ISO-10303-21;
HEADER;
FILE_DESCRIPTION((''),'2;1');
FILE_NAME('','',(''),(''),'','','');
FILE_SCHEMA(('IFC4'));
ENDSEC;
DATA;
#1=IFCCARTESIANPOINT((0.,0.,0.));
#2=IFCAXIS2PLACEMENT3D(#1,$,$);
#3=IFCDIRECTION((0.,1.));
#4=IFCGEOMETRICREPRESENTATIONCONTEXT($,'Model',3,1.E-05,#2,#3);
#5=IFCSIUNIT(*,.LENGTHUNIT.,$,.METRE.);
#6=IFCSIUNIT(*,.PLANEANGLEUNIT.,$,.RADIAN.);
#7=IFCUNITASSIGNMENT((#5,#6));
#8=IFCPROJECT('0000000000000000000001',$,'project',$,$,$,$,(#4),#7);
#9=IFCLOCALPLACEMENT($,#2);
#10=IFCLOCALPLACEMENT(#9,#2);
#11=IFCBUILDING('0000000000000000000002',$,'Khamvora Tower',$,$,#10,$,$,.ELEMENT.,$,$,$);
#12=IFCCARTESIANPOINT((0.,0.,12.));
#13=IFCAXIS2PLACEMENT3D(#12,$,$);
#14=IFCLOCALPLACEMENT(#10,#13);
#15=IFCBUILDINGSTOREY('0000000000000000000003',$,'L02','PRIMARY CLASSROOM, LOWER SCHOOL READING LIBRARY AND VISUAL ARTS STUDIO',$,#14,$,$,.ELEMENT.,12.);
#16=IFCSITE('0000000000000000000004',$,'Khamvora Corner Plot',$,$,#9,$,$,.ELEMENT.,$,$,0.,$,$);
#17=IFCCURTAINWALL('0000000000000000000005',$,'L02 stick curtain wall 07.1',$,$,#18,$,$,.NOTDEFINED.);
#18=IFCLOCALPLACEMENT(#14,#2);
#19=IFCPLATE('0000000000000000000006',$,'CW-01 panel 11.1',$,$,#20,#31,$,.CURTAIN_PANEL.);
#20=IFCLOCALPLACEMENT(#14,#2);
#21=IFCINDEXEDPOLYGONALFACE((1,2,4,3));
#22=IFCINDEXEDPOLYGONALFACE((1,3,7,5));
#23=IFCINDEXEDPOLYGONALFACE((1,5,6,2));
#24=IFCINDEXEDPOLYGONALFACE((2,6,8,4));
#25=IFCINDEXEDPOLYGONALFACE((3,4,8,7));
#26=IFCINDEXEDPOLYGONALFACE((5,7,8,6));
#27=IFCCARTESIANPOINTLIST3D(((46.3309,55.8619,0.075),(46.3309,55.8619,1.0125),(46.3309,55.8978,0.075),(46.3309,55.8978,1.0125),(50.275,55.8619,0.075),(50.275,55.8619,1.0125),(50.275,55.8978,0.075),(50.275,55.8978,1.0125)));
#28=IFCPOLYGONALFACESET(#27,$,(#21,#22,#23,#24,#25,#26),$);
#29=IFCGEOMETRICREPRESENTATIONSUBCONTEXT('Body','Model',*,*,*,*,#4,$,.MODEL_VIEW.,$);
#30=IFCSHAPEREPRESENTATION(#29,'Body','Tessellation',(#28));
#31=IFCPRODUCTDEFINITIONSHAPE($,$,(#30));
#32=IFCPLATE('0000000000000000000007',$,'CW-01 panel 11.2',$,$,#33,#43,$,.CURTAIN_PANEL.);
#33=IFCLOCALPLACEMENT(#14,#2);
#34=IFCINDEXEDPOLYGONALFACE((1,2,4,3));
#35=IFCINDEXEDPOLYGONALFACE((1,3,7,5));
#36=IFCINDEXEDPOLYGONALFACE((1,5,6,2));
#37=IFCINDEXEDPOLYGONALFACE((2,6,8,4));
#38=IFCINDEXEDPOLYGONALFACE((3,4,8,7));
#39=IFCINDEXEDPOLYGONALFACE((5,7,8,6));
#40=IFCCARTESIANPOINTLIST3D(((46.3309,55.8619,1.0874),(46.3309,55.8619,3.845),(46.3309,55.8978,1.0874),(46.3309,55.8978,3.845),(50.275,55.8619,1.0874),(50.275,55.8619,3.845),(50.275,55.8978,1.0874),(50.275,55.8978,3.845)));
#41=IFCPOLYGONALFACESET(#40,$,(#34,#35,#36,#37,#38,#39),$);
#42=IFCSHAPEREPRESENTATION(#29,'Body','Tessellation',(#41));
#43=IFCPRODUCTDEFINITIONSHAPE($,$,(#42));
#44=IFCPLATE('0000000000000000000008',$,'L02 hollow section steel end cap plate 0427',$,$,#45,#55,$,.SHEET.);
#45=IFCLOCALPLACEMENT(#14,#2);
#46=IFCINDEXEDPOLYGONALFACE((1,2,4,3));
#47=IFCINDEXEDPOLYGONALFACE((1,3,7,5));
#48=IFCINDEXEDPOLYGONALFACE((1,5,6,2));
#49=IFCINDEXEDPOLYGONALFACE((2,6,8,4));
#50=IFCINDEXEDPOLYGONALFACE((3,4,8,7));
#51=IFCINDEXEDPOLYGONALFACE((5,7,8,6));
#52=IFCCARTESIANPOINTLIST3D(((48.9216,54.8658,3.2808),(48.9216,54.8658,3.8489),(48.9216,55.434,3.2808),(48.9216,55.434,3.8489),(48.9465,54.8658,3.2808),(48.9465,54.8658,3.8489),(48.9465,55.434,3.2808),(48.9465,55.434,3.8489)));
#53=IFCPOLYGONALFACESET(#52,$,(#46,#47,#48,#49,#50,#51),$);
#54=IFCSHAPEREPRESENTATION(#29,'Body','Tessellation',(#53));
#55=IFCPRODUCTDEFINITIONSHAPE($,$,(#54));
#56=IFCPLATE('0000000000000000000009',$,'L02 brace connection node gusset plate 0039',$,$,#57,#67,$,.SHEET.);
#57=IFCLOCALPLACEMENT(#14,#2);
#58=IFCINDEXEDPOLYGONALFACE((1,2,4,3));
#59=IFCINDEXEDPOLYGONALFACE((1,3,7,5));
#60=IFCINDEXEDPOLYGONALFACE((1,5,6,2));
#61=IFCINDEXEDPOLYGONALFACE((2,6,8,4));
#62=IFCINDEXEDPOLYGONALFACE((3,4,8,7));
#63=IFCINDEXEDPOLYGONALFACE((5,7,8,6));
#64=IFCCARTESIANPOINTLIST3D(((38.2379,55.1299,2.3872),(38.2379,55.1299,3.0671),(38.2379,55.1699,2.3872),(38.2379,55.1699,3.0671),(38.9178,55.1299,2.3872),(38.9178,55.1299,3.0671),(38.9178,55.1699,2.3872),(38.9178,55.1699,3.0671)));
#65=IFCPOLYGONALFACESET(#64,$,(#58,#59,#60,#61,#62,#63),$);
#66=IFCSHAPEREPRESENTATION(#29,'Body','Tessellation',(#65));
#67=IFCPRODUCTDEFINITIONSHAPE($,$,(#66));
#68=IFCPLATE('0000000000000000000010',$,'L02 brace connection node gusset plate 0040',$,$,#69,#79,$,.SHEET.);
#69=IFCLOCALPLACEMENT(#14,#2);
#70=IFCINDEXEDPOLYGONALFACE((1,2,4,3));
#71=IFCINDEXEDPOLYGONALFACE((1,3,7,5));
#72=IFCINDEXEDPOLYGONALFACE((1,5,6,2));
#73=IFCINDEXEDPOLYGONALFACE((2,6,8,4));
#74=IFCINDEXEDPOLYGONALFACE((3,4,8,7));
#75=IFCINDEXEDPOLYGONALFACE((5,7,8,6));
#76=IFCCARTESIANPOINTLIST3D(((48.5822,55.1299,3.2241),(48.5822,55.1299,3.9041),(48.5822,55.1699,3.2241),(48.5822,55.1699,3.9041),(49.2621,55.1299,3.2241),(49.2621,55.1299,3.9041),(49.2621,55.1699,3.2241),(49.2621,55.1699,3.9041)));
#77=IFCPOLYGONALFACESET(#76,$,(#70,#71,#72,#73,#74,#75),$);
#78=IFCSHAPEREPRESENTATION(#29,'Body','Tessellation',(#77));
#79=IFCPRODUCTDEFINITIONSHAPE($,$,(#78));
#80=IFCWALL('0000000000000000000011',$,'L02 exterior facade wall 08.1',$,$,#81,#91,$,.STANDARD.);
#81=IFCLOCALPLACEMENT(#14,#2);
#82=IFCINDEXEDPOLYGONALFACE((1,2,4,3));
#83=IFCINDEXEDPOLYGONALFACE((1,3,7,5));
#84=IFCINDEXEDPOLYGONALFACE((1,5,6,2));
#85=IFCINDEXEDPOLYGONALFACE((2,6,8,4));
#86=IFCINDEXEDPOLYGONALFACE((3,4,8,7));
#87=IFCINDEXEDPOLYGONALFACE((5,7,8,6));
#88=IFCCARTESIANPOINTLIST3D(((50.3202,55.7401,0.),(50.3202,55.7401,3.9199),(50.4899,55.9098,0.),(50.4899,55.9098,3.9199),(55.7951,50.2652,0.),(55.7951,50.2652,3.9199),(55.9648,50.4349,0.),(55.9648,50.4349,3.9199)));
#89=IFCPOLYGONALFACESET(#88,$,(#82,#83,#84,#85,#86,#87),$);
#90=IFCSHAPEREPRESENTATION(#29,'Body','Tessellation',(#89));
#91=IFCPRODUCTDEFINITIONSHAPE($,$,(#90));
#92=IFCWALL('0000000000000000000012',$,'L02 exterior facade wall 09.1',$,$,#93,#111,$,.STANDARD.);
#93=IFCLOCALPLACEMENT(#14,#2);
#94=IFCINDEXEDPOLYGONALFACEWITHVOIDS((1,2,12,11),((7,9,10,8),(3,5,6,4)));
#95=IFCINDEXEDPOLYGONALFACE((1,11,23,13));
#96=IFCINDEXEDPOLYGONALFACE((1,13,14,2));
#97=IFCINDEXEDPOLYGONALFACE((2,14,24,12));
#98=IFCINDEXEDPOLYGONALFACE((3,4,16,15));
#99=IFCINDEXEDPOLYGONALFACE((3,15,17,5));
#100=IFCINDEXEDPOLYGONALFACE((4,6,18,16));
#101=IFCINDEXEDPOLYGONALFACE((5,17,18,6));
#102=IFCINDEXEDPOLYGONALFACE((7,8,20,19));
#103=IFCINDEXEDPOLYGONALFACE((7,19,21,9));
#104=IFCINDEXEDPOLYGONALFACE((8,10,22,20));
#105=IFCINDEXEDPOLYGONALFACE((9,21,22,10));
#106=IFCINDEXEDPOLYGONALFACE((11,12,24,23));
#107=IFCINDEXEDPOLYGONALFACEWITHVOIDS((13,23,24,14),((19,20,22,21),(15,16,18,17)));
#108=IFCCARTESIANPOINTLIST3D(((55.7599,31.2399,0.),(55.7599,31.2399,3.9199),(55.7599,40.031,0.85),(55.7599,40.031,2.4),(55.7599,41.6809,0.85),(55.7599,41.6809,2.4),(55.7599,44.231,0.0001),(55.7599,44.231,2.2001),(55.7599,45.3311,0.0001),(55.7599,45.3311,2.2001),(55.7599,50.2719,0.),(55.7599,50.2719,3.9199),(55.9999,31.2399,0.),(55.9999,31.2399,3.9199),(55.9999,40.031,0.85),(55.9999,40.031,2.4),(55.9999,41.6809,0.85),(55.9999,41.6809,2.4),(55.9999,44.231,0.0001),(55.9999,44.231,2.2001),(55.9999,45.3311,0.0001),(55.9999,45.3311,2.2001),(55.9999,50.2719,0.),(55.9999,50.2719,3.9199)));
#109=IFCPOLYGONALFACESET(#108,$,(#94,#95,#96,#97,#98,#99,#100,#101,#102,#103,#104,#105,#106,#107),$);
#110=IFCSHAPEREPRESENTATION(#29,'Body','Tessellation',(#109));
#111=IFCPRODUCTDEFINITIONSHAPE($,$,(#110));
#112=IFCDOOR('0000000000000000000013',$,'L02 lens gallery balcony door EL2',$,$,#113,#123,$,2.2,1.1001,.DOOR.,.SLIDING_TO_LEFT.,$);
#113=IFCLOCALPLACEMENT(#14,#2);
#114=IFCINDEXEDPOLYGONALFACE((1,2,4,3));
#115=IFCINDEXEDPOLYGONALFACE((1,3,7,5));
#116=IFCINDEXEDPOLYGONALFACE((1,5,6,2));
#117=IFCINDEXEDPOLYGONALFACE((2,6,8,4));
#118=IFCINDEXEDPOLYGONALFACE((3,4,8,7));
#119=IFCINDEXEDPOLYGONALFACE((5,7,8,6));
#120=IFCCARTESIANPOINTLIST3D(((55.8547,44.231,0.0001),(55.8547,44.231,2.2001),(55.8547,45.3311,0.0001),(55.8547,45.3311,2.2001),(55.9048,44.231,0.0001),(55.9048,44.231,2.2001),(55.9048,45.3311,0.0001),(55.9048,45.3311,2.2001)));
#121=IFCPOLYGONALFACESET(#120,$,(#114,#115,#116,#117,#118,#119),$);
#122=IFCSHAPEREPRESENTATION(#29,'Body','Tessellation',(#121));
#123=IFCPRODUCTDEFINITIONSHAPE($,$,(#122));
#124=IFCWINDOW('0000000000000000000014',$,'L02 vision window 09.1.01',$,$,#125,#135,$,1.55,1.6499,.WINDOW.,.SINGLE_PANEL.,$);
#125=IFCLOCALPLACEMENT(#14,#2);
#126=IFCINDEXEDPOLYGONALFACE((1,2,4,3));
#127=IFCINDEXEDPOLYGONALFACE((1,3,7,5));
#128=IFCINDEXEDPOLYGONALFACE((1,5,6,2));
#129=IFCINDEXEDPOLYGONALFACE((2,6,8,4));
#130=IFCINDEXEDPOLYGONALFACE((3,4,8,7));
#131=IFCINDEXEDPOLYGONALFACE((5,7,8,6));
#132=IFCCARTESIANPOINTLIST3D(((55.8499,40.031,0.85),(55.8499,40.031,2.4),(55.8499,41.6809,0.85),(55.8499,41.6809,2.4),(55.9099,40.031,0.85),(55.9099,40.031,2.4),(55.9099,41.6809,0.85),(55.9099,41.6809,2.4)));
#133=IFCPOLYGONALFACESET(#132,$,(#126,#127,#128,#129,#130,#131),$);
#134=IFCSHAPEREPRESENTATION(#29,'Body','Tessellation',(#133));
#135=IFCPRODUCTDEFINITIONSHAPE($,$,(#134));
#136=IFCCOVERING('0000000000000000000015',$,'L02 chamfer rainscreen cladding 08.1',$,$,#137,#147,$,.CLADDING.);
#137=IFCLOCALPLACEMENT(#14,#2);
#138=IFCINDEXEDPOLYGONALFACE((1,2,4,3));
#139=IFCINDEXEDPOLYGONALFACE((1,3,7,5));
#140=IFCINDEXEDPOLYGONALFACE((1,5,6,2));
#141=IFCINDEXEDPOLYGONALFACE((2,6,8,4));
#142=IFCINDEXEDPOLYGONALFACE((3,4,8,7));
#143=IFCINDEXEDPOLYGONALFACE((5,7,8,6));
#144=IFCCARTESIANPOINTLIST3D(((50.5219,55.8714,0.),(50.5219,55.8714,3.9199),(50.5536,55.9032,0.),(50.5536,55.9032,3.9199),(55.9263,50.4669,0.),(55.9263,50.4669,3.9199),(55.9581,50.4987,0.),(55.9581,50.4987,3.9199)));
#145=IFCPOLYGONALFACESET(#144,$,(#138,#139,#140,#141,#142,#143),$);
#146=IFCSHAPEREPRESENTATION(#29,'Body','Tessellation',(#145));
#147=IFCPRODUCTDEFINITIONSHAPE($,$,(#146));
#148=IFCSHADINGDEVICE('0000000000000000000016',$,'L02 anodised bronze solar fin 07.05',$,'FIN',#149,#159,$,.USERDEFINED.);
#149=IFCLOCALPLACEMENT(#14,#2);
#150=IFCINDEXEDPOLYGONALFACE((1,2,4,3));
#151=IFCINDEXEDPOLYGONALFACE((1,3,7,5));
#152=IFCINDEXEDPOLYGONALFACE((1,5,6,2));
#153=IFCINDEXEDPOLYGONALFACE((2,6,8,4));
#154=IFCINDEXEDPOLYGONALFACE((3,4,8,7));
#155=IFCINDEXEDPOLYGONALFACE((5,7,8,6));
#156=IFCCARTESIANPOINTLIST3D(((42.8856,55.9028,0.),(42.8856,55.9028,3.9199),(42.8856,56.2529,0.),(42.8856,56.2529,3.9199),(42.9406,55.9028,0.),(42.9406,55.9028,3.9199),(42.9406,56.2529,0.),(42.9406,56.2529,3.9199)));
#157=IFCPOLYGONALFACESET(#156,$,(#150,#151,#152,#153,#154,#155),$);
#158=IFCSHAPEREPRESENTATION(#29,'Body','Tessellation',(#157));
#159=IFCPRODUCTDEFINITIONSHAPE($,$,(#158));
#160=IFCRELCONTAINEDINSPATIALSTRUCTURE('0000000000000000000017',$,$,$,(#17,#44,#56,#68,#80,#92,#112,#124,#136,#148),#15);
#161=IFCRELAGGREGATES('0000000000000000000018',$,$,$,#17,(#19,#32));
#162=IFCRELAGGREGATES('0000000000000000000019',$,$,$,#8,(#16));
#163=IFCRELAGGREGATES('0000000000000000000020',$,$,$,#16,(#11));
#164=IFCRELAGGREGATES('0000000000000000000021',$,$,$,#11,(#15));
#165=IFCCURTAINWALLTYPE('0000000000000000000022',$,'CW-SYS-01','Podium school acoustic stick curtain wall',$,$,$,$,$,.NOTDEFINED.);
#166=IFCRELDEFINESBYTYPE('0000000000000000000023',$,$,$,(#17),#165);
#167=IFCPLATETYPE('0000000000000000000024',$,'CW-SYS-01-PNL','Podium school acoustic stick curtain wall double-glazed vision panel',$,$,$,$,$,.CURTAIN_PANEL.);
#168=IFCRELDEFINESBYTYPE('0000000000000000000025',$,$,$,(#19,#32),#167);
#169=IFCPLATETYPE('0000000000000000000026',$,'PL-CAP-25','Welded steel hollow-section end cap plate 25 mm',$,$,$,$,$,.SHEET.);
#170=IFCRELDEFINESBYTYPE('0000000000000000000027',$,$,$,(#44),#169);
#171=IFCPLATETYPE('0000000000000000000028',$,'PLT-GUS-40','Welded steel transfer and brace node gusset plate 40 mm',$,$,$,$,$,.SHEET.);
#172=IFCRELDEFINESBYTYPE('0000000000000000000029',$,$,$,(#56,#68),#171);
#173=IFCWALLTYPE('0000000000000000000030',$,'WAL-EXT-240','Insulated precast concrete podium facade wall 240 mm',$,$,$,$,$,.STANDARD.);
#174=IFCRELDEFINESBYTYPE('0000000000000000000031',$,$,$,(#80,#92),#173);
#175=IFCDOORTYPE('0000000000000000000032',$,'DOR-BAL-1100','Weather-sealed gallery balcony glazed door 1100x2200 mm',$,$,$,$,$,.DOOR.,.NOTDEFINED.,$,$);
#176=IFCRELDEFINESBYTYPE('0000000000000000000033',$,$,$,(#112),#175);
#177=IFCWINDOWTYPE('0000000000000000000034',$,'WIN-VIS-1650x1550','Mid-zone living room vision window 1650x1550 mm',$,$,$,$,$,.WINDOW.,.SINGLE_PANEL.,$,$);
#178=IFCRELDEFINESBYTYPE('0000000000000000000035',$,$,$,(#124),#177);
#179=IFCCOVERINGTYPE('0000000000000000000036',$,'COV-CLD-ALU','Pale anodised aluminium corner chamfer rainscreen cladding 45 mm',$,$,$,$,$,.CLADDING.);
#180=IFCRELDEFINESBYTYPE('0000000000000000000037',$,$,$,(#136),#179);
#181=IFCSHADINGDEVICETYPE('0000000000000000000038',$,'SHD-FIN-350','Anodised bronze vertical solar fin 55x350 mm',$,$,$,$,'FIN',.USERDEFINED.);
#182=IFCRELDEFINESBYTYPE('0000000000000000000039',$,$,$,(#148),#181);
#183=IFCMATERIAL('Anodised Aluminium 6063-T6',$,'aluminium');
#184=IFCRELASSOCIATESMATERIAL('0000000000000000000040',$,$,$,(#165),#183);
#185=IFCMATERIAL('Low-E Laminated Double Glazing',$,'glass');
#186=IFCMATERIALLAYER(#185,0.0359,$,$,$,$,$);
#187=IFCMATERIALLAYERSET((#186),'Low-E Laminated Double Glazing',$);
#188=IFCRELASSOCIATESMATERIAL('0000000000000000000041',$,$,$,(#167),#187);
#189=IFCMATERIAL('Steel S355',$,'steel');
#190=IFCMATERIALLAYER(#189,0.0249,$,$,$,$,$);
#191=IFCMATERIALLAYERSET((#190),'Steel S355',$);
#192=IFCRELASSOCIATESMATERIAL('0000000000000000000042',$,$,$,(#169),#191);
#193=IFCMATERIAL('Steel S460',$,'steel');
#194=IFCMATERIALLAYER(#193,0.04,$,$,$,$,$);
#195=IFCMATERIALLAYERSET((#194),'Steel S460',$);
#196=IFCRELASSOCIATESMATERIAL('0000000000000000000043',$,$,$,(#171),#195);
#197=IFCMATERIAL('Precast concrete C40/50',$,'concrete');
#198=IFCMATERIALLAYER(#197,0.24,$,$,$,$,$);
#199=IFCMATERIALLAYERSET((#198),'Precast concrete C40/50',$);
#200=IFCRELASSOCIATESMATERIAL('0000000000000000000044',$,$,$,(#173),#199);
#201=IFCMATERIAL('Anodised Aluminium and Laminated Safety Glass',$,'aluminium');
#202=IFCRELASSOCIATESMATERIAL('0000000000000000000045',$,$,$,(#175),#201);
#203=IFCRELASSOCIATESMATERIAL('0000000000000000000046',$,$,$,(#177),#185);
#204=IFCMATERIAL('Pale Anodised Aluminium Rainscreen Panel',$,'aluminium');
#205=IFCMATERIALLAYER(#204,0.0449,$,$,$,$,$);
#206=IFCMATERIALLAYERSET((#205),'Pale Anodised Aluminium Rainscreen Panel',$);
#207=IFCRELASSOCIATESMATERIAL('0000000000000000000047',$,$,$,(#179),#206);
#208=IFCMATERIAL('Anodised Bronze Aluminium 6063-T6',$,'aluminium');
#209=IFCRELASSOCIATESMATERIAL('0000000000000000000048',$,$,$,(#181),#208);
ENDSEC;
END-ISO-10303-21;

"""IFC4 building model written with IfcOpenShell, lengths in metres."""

from ifc_helpers import new_model, si_unit, direction, frame, frame_2d, origin, origin_2d, place, context, subcontext, project, spatial, rectangle, extrude, material, layer, layer_set, type_object, element, fill, aggregate, save


model = new_model("IFC4")

# Units and contexts
model_context = context("Model", 3, precision=1e-05, world=origin(), true_north=direction((0.0, 1.0)))
body_context = subcontext(model_context, "Body", "Model", "MODEL_VIEW")
ifc_project = project(units=[si_unit("LENGTHUNIT", "METRE"), si_unit("PLANEANGLEUNIT", "RADIAN")], contexts=[model_context])

# Site, building, storey
site_placement = place(None, origin())
site = spatial("IfcSite", under=ifc_project, at=site_placement, Name="Khamvora Corner Plot", CompositionType="ELEMENT", RefElevation=0.0)
building_placement = place(site_placement, origin())
building = spatial("IfcBuilding", under=site, at=building_placement, Name="Khamvora Tower", CompositionType="ELEMENT")
storey_placement = place(building_placement, frame((0.0, 0.0, 12.0)))
storey = spatial("IfcBuildingStorey", under=building, at=storey_placement, Name="L02", Description="PRIMARY CLASSROOM, LOWER SCHOOL READING LIBRARY AND VISUAL ARTS STUDIO", CompositionType="ELEMENT", Elevation=12.0)

# Shared definitions
ifc_material_1 = material(Name="Steel S460", Category="steel")

# Shared definitions
ifc_material_2 = material(Name="Steel S355", Category="steel")

# Curtain wall
ifc_material_3 = material(Name="Anodised Aluminium 6063-T6", Category="aluminium")
curtain_wall_type = type_object("IfcCurtainWallType", Name="CW-SYS-01", Description="Podium school acoustic stick curtain wall", PredefinedType="NOTDEFINED", material=ifc_material_3)
curtain_wall_placement = place(storey_placement, origin())
curtain_wall = element("IfcCurtainWall", 1, at=curtain_wall_placement, inside=storey, type_object=curtain_wall_type, Name="L02 stick curtain wall 07.1", PredefinedType="NOTDEFINED")

# Plates
ifc_material_4 = material(Name="Low-E Laminated Double Glazing", Category="glass")
ifc_layer_1 = layer(ifc_material_4, 0.0359)
ifc_layer_set_1 = layer_set([ifc_layer_1], Name="Low-E Laminated Double Glazing")
plate_type_1 = type_object("IfcPlateType", Name="CW-SYS-01-PNL", Description="Podium school acoustic stick curtain wall double-glazed vision panel", PredefinedType="CURTAIN_PANEL", material=ifc_layer_set_1)
plate_1_placement = place(storey_placement, frame((48.303, 55.8799, 0.075), z_axis=(0.0, 0.0, 1.0), x_axis=(1.0, 0.0, 0.0)))
plate_1 = element("IfcPlate", 2, at=plate_1_placement, type_object=plate_type_1, Name="CW-01 panel 11.1", PredefinedType="CURTAIN_PANEL", context=body_context, shape_type="SweptSolid", body=[
    extrude(rectangle(XDim=3.9441, YDim=0.0359, at=origin_2d()), origin(), (0.0, 0.0, 1.0), 0.9375),
])
plate_2_placement = place(storey_placement, frame((48.303, 55.8799, 1.0874), z_axis=(0.0, 0.0, 1.0), x_axis=(1.0, 0.0, 0.0)))
plate_2 = element("IfcPlate", 3, at=plate_2_placement, type_object=plate_type_1, Name="CW-01 panel 11.2", PredefinedType="CURTAIN_PANEL", context=body_context, shape_type="SweptSolid", body=[
    extrude(rectangle(XDim=3.9441, YDim=0.0359, at=origin_2d()), origin(), (0.0, 0.0, 1.0), 2.7576),
])
aggregate(curtain_wall, [plate_1, plate_2])

# Plates
ifc_layer_2 = layer(ifc_material_2, 0.0249)
ifc_layer_set_2 = layer_set([ifc_layer_2], Name="Steel S355")
plate_type_2 = type_object("IfcPlateType", Name="PL-CAP-25", Description="Welded steel hollow-section end cap plate 25 mm", PredefinedType="SHEET", material=ifc_layer_set_2)
plate_3_placement = place(storey_placement, frame((48.9341, 55.1499, 3.2808), z_axis=(0.0, 0.0, 1.0), x_axis=(1.0, 0.0, 0.0)))
element("IfcPlate", 4, at=plate_3_placement, inside=storey, type_object=plate_type_2, Name="L02 hollow section steel end cap plate 0427", PredefinedType="SHEET", context=body_context, shape_type="SweptSolid", body=[
    extrude(rectangle(XDim=0.0249, YDim=0.5681, at=origin_2d()), origin(), (0.0, 0.0, 1.0), 0.5681),
])
ifc_layer_3 = layer(ifc_material_1, 0.04)
ifc_layer_set_3 = layer_set([ifc_layer_3], Name="Steel S460")
plate_type_3 = type_object("IfcPlateType", Name="PLT-GUS-40", Description="Welded steel transfer and brace node gusset plate 40 mm", PredefinedType="SHEET", material=ifc_layer_set_3)
for number, where, z_axis, x_axis, name in (
    (5, (38.5779, 55.1499, 2.3872), (0.0, 0.0, 1.0), (1.0, 0.0, 0.0), "L02 brace connection node gusset plate 0039"),
    (6, (48.9221, 55.1499, 3.2241), (0.0, 0.0, 1.0), (1.0, 0.0, 0.0), "L02 brace connection node gusset plate 0040"),
):
    element("IfcPlate", number, at=place(storey_placement, frame(where, z_axis=z_axis, x_axis=x_axis)), inside=storey, type_object=plate_type_3, Name=name, PredefinedType="SHEET", context=body_context, shape_type="SweptSolid", body=[
        extrude(rectangle(XDim=0.6799, YDim=0.04, at=origin_2d()), origin(), (0.0, 0.0, 1.0), 0.6799),
    ])

# Wall
ifc_material_5 = material(Name="Precast concrete C40/50", Category="concrete")
ifc_layer_4 = layer(ifc_material_5, 0.24)
ifc_layer_set_4 = layer_set([ifc_layer_4], Name="Precast concrete C40/50")
wall_type = type_object("IfcWallType", Name="WAL-EXT-240", Description="Insulated precast concrete podium facade wall 240 mm", PredefinedType="STANDARD", material=ifc_layer_set_4)
wall_1_placement = place(storey_placement, frame((50.405, 55.825, 0.0), z_axis=(0.0, 0.0, 1.0), x_axis=(0.707107, -0.707107, 0.0)))
element("IfcWall", 7, at=wall_1_placement, inside=storey, type_object=wall_type, Name="L02 exterior facade wall 08.1", PredefinedType="STANDARD", context=body_context, shape_type="SweptSolid", body=[
    extrude(rectangle(XDim=7.7427, YDim=0.24, at=frame_2d((3.8713, 0.0))), origin(), (0.0, 0.0, 1.0), 3.9199),
])

# Wall, openings, door, window
wall_2_placement = place(storey_placement, frame((55.8799, 50.272, 0.0), z_axis=(0.0, 0.0, 1.0), x_axis=(0.0, -1.0, 0.0)))
wall_2 = element("IfcWall", 8, at=wall_2_placement, inside=storey, type_object=wall_type, Name="L02 exterior facade wall 09.1", PredefinedType="STANDARD", context=body_context, shape_type="SweptSolid", body=[
    extrude(rectangle(XDim=19.032, YDim=0.24, at=frame_2d((9.5161, 0.0))), origin(), (0.0, 0.0, 1.0), 3.9199),
])
opening_1_placement = place(wall_2_placement, frame((4.9409, 0.0, 0.0)))
opening_1 = element("IfcOpeningElement", 9, at=opening_1_placement, cuts=wall_2, PredefinedType="OPENING", context=body_context, shape_type="SweptSolid", body=[
    extrude(rectangle(XDim=1.1001, YDim=2.2, at=frame_2d((0.55, 1.1001))), frame((0.0, 0.1299, 0.0), z_axis=(0.0, -1.0, 0.0), x_axis=(1.0, 0.0, 0.0)), (0.0, 0.0, 1.0), 0.26),
])
opening_2_placement = place(wall_2_placement, frame((8.5911, 0.0, 0.8501)))
opening_2 = element("IfcOpeningElement", 10, at=opening_2_placement, cuts=wall_2, PredefinedType="OPENING", context=body_context, shape_type="SweptSolid", body=[
    extrude(rectangle(XDim=1.6499, YDim=1.55, at=frame_2d((0.825, 0.7749))), frame((0.0, 0.1299, 0.0), z_axis=(0.0, -1.0, 0.0), x_axis=(1.0, 0.0, 0.0)), (0.0, 0.0, 1.0), 0.26),
])
ifc_material_6 = material(Name="Anodised Aluminium and Laminated Safety Glass", Category="aluminium")
door_type = type_object("IfcDoorType", Name="DOR-BAL-1100", Description="Weather-sealed gallery balcony glazed door 1100x2200 mm", OperationType="NOTDEFINED", PredefinedType="DOOR", material=ifc_material_6)
door_placement = place(opening_1_placement, origin())
door = element("IfcDoor", 11, at=door_placement, inside=storey, type_object=door_type, Name="L02 lens gallery balcony door EL2", OperationType="SLIDING_TO_LEFT", OverallHeight=2.2, OverallWidth=1.1001, PredefinedType="DOOR", context=body_context, shape_type="SweptSolid", body=[
    extrude(rectangle(XDim=1.1001, YDim=2.2, at=frame_2d((0.55, 1.1001))), frame((0.0, 0.0249, 0.0), z_axis=(0.0, -1.0, 0.0), x_axis=(1.0, 0.0, 0.0)), (0.0, 0.0, 1.0), 0.05),
])
fill(opening_1, door)
window_type = type_object("IfcWindowType", Name="WIN-VIS-1650x1550", Description="Mid-zone living room vision window 1650x1550 mm", PartitioningType="SINGLE_PANEL", PredefinedType="WINDOW", material=ifc_material_4)
window_placement = place(opening_2_placement, origin())
window = element("IfcWindow", 12, at=window_placement, inside=storey, type_object=window_type, Name="L02 vision window 09.1.01", OverallHeight=1.55, OverallWidth=1.6499, PartitioningType="SINGLE_PANEL", PredefinedType="WINDOW", context=body_context, shape_type="SweptSolid", body=[
    extrude(rectangle(XDim=1.6499, YDim=1.55, at=frame_2d((0.825, 0.7749))), frame((0.0, 0.03, 0.0), z_axis=(0.0, -1.0, 0.0), x_axis=(1.0, 0.0, 0.0)), (0.0, 0.0, 1.0), 0.0601),
])
fill(opening_2, window)

# Covering
ifc_material_7 = material(Name="Pale Anodised Aluminium Rainscreen Panel", Category="aluminium")
ifc_layer_5 = layer(ifc_material_7, 0.0449)
ifc_layer_set_5 = layer_set([ifc_layer_5], Name="Pale Anodised Aluminium Rainscreen Panel")
covering_type = type_object("IfcCoveringType", Name="COV-CLD-ALU", Description="Pale anodised aluminium corner chamfer rainscreen cladding 45 mm", PredefinedType="CLADDING", material=ifc_layer_set_5)
covering_placement = place(storey_placement, frame((53.24, 53.1851, 0.0), z_axis=(0.0, 0.0, 1.0), x_axis=(0.707107, -0.707107, 0.0)))
element("IfcCovering", 13, at=covering_placement, inside=storey, type_object=covering_type, Name="L02 chamfer rainscreen cladding 08.1", PredefinedType="CLADDING", context=body_context, shape_type="SweptSolid", body=[
    extrude(rectangle(XDim=7.6431, YDim=0.0449, at=origin_2d()), origin(), (0.0, 0.0, 1.0), 3.9199),
])

# Shading device
ifc_material_8 = material(Name="Anodised Bronze Aluminium 6063-T6", Category="aluminium")
shading_device_type = type_object("IfcShadingDeviceType", Name="SHD-FIN-350", Description="Anodised bronze vertical solar fin 55x350 mm", ElementType="FIN", PredefinedType="USERDEFINED", material=ifc_material_8)
shading_device_placement = place(storey_placement, frame((42.9131, 56.0779, 0.0), z_axis=(0.0, 0.0, 1.0), x_axis=(1.0, 0.0, 0.0)))
element("IfcShadingDevice", 14, at=shading_device_placement, inside=storey, type_object=shading_device_type, Name="L02 anodised bronze solar fin 07.05", ObjectType="FIN", PredefinedType="USERDEFINED", context=body_context, shape_type="SweptSolid", body=[
    extrude(rectangle(XDim=0.0549, YDim=0.3501, at=origin_2d()), origin(), (0.0, 0.0, 1.0), 3.9199),
])

save(model, "model.ifc")
